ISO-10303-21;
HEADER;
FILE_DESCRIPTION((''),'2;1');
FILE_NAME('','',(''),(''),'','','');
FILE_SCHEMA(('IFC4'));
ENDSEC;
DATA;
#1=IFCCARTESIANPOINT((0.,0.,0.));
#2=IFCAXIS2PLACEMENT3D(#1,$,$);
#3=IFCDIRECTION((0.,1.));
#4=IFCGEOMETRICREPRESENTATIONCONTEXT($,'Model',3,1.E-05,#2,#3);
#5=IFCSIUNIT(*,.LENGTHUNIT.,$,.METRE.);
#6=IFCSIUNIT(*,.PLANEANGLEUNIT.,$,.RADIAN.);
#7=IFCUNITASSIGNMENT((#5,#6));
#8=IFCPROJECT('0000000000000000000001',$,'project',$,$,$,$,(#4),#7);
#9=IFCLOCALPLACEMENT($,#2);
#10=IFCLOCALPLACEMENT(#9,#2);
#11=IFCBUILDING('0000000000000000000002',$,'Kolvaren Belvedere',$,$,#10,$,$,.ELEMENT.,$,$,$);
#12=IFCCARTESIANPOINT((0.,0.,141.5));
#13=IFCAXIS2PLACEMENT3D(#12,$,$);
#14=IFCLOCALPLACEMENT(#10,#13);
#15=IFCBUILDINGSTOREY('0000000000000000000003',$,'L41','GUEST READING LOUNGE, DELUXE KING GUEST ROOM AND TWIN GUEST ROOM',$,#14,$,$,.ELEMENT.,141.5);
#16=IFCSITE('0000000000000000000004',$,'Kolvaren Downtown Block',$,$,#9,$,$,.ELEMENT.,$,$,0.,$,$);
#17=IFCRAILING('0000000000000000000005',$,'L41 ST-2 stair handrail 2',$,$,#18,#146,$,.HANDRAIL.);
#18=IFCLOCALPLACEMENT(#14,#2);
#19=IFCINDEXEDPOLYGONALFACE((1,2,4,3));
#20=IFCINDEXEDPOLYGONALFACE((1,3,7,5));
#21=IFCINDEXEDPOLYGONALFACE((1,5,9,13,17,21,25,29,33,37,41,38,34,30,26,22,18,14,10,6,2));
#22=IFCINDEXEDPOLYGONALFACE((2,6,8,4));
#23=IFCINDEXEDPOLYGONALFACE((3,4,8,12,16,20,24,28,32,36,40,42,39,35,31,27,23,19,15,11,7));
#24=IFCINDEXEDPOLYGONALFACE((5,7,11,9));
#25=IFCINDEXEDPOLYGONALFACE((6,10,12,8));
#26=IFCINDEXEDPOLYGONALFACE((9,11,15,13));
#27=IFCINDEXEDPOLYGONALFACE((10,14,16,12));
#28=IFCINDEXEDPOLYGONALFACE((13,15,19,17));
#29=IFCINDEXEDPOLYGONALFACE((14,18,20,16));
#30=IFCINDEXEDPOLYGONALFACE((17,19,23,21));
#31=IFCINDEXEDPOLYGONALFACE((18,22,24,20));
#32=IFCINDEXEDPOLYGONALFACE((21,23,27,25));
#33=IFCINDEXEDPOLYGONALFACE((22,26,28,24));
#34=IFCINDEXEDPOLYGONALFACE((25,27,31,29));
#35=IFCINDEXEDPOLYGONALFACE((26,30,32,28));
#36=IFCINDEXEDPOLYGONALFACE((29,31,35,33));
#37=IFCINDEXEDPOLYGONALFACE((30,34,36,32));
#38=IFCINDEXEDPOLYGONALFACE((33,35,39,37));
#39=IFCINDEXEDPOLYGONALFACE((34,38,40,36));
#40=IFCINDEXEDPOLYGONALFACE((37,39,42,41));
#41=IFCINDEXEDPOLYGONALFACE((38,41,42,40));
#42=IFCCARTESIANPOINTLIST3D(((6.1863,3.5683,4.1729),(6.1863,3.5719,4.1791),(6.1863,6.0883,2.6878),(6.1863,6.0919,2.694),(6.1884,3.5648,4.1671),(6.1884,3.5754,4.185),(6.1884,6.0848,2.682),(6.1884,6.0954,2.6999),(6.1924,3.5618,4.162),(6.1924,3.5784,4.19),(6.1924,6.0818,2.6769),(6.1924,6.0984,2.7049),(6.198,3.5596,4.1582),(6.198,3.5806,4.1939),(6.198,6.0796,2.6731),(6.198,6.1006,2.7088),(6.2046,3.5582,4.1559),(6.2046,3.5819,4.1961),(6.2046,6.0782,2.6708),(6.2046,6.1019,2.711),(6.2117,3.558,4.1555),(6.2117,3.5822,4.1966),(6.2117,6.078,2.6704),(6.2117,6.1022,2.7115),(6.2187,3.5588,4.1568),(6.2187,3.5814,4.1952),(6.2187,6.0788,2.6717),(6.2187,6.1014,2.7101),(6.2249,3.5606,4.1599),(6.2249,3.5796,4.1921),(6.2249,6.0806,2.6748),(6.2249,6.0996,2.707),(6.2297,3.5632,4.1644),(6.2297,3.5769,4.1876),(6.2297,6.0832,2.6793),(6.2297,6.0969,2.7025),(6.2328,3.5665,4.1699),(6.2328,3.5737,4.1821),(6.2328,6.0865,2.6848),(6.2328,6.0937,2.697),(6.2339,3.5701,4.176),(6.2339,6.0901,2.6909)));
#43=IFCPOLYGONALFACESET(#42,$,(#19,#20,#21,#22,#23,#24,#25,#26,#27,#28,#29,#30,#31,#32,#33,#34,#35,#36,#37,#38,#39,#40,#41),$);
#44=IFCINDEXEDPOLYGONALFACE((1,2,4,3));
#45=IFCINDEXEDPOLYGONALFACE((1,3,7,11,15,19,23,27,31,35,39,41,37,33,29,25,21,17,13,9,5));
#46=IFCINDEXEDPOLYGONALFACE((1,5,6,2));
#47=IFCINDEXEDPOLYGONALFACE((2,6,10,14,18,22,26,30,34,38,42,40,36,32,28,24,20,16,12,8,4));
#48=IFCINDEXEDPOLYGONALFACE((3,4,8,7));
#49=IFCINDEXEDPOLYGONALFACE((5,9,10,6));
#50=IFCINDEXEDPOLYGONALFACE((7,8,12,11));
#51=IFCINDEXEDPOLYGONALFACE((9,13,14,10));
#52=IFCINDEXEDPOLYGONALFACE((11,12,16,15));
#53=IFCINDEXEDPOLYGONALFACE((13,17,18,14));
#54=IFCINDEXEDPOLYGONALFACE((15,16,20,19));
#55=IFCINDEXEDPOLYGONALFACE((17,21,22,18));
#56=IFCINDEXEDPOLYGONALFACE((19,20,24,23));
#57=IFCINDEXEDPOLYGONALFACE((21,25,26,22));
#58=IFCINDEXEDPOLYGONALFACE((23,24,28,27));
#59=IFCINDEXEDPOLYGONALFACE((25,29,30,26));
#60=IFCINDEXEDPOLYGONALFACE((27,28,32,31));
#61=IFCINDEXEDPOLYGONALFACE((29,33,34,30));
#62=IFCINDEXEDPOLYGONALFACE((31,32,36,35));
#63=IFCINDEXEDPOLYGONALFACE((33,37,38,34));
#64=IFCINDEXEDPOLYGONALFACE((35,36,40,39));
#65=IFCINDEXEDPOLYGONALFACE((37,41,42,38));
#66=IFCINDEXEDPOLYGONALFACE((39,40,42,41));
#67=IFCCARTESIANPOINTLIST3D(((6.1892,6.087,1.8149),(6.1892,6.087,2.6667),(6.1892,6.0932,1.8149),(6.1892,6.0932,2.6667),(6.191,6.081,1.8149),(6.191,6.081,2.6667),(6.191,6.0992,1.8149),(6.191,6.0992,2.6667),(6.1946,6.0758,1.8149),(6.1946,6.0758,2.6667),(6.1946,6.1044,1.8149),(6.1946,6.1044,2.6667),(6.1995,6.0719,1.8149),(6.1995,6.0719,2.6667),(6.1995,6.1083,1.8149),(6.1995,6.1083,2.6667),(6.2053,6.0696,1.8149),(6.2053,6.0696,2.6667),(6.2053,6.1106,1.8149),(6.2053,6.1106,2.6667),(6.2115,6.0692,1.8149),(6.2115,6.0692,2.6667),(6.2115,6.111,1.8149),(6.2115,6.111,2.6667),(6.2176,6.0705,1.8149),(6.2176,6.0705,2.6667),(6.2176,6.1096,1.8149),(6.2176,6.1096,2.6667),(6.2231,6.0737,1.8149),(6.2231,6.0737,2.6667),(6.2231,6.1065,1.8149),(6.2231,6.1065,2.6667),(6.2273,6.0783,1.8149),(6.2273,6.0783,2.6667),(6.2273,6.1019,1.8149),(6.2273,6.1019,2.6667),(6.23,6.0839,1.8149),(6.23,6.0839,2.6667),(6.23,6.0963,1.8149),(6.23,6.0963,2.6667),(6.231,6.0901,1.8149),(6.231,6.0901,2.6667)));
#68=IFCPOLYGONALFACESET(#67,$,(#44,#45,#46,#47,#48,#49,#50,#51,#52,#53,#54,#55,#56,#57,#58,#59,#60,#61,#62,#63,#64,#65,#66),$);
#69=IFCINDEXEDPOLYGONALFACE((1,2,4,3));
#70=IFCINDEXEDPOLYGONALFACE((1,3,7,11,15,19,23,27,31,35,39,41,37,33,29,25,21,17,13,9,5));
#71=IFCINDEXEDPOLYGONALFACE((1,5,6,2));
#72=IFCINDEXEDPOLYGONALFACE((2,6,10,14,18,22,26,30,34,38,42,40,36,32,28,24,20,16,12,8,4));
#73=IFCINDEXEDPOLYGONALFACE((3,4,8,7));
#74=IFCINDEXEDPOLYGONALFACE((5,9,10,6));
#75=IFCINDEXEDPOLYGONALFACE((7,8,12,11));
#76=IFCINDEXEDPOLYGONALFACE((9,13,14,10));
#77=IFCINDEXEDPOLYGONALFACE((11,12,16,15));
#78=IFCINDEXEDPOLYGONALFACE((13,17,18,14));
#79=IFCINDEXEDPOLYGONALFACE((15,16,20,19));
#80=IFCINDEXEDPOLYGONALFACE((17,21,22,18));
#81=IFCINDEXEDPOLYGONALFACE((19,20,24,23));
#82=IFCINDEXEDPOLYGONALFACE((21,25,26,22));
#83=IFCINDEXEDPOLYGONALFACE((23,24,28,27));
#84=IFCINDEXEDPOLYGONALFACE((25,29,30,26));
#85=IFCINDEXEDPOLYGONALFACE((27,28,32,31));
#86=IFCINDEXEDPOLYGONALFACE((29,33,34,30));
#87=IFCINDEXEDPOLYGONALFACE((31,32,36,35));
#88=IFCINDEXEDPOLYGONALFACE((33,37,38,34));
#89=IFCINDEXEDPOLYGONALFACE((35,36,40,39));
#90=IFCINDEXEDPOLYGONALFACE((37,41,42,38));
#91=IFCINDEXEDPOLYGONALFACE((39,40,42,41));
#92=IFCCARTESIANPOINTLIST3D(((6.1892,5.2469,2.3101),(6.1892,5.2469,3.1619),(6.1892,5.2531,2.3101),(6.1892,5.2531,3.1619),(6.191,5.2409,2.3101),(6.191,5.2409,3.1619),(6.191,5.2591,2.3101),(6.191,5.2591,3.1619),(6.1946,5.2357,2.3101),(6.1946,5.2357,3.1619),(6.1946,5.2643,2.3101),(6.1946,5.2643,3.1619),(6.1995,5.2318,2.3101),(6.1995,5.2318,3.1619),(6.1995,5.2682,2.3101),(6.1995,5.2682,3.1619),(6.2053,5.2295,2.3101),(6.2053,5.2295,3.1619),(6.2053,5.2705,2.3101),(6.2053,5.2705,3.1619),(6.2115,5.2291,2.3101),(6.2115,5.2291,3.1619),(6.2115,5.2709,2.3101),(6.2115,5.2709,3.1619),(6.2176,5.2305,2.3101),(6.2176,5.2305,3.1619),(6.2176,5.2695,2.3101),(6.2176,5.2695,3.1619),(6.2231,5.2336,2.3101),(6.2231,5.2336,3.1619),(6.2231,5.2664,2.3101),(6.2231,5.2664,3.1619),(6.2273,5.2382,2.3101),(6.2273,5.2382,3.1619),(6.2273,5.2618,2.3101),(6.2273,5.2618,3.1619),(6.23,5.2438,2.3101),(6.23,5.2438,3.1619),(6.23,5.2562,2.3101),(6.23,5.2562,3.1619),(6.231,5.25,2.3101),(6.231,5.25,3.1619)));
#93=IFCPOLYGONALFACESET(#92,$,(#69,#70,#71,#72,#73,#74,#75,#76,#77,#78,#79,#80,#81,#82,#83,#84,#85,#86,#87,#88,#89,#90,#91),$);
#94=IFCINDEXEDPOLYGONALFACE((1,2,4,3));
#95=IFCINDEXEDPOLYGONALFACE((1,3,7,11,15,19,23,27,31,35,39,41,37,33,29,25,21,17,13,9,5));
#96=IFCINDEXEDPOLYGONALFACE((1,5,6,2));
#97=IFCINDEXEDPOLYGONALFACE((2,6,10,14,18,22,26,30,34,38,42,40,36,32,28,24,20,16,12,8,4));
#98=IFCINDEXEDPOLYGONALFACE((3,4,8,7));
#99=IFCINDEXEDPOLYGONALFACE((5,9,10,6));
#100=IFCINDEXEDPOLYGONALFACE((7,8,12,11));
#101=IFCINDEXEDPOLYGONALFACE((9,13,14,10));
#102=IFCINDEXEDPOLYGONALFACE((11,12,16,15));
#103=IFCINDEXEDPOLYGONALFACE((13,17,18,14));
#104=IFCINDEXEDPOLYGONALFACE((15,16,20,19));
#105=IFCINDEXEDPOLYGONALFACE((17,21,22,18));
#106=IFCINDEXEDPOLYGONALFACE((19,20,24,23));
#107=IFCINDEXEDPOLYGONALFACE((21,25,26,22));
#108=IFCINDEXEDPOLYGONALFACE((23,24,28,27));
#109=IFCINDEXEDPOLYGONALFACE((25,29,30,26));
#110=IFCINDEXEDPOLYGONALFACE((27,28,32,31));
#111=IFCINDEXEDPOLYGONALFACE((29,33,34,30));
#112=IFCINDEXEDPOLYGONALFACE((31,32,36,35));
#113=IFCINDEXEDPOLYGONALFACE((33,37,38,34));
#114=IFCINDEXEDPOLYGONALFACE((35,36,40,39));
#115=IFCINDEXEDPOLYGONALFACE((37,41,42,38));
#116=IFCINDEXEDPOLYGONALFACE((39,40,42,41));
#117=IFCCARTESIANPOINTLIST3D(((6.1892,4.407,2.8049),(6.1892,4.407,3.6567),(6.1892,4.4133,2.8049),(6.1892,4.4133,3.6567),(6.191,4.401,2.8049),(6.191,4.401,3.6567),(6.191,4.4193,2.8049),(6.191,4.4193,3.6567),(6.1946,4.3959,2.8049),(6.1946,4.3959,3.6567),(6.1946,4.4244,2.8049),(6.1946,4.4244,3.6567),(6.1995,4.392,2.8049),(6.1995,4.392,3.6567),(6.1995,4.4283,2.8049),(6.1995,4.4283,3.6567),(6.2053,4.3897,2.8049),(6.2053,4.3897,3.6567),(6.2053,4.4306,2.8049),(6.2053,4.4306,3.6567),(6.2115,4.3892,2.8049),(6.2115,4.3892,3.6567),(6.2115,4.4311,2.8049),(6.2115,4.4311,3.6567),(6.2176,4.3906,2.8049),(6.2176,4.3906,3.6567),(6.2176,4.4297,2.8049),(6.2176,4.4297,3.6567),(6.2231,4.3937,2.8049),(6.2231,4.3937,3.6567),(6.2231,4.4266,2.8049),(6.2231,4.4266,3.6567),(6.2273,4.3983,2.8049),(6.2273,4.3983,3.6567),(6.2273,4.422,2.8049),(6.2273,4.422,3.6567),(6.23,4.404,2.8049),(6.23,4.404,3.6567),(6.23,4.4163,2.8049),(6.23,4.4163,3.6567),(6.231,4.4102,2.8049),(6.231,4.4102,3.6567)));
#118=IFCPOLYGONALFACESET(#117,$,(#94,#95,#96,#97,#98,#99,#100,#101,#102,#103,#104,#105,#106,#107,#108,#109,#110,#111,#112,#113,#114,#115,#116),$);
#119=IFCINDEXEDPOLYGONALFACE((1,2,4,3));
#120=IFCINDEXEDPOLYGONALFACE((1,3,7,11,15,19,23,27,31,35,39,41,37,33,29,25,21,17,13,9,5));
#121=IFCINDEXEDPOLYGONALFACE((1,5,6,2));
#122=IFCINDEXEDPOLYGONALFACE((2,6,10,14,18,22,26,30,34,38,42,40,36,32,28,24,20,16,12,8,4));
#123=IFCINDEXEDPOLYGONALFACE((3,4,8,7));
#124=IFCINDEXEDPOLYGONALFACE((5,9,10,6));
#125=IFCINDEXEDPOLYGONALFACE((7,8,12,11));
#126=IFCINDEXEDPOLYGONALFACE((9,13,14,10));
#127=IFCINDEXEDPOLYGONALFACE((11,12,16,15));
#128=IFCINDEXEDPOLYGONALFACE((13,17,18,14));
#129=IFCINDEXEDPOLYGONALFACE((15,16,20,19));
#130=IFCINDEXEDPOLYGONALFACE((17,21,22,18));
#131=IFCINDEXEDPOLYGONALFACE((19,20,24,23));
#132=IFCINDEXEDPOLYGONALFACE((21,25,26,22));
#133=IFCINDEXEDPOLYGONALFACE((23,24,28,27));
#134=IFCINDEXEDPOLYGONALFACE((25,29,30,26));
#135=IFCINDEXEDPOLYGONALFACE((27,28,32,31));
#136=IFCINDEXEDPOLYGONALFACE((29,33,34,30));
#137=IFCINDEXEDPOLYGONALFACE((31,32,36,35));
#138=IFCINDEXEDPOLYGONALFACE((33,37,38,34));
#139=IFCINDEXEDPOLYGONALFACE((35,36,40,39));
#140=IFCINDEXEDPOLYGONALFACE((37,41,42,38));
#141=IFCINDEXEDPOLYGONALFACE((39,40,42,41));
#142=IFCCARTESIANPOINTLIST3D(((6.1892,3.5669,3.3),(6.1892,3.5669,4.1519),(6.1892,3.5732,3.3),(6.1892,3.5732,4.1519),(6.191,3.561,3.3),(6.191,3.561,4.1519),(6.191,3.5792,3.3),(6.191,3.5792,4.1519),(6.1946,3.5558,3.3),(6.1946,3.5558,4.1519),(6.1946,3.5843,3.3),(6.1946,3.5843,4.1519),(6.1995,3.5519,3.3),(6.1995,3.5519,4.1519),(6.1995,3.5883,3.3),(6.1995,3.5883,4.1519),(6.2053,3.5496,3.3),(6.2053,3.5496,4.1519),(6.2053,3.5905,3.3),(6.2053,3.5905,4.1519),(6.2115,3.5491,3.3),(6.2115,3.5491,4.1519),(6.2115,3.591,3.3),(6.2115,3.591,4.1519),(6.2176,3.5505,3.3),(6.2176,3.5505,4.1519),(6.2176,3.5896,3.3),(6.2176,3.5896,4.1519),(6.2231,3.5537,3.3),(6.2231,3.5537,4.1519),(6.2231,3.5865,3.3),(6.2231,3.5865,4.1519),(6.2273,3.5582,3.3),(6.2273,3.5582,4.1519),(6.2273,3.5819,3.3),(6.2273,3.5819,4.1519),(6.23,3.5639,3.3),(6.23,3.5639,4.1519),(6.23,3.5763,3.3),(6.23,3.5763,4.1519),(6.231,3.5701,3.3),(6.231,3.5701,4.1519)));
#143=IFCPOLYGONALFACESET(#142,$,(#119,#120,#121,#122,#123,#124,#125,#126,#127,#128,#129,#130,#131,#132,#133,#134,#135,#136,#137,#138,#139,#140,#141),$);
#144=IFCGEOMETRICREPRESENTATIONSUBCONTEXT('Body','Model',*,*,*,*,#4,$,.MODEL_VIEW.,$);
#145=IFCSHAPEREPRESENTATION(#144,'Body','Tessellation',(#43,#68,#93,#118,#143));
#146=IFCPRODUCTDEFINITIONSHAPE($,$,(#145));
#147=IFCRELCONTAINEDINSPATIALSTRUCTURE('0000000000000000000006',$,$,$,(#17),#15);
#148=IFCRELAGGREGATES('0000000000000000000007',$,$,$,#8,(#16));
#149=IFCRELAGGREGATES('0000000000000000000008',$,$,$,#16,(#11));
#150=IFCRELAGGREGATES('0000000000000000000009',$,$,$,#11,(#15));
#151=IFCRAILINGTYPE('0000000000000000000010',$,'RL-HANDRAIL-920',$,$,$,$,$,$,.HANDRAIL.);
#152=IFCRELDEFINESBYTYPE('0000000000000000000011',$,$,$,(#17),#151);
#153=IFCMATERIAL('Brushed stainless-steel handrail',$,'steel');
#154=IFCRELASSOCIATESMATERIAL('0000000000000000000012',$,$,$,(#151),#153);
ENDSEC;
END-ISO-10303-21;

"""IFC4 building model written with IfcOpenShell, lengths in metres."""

from ifc_helpers import new_model, si_unit, direction, frame, origin, origin_2d, place, context, subcontext, project, spatial, circle, extrude, material, type_object, element, save


model = new_model("IFC4")

# Units and contexts
model_context = context("Model", 3, precision=1e-05, world=origin(), true_north=direction((0.0, 1.0)))
body_context = subcontext(model_context, "Body", "Model", "MODEL_VIEW")
ifc_project = project(units=[si_unit("LENGTHUNIT", "METRE"), si_unit("PLANEANGLEUNIT", "RADIAN")], contexts=[model_context])

# Site, building, storey
site_placement = place(None, origin())
site = spatial("IfcSite", under=ifc_project, at=site_placement, Name="Kolvaren Downtown Block", CompositionType="ELEMENT", RefElevation=0.0)
building_placement = place(site_placement, origin())
building = spatial("IfcBuilding", under=site, at=building_placement, Name="Kolvaren Belvedere", CompositionType="ELEMENT")
storey_placement = place(building_placement, frame((0.0, 0.0, 141.5)))
storey = spatial("IfcBuildingStorey", under=building, at=storey_placement, Name="L41", Description="GUEST READING LOUNGE, DELUXE KING GUEST ROOM AND TWIN GUEST ROOM", CompositionType="ELEMENT", Elevation=141.5)

# Railing
ifc_material_1 = material(Name="Brushed stainless-steel handrail", Category="steel")
railing_type_1 = type_object("IfcRailingType", Name="RL-HANDRAIL-920", PredefinedType="HANDRAIL", material=ifc_material_1)
railing_1_placement = place(storey_placement, frame((6.21, 6.0901, 1.8149)))
element("IfcRailing", 1, at=railing_1_placement, inside=storey, type_object=railing_type_1, Name="L41 ST-2 stair handrail 2", PredefinedType="HANDRAIL", context=body_context, shape_type="SweptSolid", body=[
    extrude(circle(Radius=0.0239, at=origin_2d()), frame((0.0, 0.0, 0.876), z_axis=(0.0, -0.861524, 0.507717), x_axis=(1.0, 0.0, 0.0)), (0.0, 0.0, 1.0), 2.925),
    extrude(circle(Radius=0.021, at=origin_2d()), origin(), (0.0, 0.0, 1.0), 0.8518),
    extrude(circle(Radius=0.021, at=origin_2d()), frame((0.0, -0.8401, 0.4951)), (0.0, 0.0, 1.0), 0.8518),
    extrude(circle(Radius=0.021, at=origin_2d()), frame((0.0, -1.6799, 0.99)), (0.0, 0.0, 1.0), 0.8518),
    extrude(circle(Radius=0.021, at=origin_2d()), frame((0.0, -2.52, 1.4851)), (0.0, 0.0, 1.0), 0.8518),
])

save(model, "model.ifc")
